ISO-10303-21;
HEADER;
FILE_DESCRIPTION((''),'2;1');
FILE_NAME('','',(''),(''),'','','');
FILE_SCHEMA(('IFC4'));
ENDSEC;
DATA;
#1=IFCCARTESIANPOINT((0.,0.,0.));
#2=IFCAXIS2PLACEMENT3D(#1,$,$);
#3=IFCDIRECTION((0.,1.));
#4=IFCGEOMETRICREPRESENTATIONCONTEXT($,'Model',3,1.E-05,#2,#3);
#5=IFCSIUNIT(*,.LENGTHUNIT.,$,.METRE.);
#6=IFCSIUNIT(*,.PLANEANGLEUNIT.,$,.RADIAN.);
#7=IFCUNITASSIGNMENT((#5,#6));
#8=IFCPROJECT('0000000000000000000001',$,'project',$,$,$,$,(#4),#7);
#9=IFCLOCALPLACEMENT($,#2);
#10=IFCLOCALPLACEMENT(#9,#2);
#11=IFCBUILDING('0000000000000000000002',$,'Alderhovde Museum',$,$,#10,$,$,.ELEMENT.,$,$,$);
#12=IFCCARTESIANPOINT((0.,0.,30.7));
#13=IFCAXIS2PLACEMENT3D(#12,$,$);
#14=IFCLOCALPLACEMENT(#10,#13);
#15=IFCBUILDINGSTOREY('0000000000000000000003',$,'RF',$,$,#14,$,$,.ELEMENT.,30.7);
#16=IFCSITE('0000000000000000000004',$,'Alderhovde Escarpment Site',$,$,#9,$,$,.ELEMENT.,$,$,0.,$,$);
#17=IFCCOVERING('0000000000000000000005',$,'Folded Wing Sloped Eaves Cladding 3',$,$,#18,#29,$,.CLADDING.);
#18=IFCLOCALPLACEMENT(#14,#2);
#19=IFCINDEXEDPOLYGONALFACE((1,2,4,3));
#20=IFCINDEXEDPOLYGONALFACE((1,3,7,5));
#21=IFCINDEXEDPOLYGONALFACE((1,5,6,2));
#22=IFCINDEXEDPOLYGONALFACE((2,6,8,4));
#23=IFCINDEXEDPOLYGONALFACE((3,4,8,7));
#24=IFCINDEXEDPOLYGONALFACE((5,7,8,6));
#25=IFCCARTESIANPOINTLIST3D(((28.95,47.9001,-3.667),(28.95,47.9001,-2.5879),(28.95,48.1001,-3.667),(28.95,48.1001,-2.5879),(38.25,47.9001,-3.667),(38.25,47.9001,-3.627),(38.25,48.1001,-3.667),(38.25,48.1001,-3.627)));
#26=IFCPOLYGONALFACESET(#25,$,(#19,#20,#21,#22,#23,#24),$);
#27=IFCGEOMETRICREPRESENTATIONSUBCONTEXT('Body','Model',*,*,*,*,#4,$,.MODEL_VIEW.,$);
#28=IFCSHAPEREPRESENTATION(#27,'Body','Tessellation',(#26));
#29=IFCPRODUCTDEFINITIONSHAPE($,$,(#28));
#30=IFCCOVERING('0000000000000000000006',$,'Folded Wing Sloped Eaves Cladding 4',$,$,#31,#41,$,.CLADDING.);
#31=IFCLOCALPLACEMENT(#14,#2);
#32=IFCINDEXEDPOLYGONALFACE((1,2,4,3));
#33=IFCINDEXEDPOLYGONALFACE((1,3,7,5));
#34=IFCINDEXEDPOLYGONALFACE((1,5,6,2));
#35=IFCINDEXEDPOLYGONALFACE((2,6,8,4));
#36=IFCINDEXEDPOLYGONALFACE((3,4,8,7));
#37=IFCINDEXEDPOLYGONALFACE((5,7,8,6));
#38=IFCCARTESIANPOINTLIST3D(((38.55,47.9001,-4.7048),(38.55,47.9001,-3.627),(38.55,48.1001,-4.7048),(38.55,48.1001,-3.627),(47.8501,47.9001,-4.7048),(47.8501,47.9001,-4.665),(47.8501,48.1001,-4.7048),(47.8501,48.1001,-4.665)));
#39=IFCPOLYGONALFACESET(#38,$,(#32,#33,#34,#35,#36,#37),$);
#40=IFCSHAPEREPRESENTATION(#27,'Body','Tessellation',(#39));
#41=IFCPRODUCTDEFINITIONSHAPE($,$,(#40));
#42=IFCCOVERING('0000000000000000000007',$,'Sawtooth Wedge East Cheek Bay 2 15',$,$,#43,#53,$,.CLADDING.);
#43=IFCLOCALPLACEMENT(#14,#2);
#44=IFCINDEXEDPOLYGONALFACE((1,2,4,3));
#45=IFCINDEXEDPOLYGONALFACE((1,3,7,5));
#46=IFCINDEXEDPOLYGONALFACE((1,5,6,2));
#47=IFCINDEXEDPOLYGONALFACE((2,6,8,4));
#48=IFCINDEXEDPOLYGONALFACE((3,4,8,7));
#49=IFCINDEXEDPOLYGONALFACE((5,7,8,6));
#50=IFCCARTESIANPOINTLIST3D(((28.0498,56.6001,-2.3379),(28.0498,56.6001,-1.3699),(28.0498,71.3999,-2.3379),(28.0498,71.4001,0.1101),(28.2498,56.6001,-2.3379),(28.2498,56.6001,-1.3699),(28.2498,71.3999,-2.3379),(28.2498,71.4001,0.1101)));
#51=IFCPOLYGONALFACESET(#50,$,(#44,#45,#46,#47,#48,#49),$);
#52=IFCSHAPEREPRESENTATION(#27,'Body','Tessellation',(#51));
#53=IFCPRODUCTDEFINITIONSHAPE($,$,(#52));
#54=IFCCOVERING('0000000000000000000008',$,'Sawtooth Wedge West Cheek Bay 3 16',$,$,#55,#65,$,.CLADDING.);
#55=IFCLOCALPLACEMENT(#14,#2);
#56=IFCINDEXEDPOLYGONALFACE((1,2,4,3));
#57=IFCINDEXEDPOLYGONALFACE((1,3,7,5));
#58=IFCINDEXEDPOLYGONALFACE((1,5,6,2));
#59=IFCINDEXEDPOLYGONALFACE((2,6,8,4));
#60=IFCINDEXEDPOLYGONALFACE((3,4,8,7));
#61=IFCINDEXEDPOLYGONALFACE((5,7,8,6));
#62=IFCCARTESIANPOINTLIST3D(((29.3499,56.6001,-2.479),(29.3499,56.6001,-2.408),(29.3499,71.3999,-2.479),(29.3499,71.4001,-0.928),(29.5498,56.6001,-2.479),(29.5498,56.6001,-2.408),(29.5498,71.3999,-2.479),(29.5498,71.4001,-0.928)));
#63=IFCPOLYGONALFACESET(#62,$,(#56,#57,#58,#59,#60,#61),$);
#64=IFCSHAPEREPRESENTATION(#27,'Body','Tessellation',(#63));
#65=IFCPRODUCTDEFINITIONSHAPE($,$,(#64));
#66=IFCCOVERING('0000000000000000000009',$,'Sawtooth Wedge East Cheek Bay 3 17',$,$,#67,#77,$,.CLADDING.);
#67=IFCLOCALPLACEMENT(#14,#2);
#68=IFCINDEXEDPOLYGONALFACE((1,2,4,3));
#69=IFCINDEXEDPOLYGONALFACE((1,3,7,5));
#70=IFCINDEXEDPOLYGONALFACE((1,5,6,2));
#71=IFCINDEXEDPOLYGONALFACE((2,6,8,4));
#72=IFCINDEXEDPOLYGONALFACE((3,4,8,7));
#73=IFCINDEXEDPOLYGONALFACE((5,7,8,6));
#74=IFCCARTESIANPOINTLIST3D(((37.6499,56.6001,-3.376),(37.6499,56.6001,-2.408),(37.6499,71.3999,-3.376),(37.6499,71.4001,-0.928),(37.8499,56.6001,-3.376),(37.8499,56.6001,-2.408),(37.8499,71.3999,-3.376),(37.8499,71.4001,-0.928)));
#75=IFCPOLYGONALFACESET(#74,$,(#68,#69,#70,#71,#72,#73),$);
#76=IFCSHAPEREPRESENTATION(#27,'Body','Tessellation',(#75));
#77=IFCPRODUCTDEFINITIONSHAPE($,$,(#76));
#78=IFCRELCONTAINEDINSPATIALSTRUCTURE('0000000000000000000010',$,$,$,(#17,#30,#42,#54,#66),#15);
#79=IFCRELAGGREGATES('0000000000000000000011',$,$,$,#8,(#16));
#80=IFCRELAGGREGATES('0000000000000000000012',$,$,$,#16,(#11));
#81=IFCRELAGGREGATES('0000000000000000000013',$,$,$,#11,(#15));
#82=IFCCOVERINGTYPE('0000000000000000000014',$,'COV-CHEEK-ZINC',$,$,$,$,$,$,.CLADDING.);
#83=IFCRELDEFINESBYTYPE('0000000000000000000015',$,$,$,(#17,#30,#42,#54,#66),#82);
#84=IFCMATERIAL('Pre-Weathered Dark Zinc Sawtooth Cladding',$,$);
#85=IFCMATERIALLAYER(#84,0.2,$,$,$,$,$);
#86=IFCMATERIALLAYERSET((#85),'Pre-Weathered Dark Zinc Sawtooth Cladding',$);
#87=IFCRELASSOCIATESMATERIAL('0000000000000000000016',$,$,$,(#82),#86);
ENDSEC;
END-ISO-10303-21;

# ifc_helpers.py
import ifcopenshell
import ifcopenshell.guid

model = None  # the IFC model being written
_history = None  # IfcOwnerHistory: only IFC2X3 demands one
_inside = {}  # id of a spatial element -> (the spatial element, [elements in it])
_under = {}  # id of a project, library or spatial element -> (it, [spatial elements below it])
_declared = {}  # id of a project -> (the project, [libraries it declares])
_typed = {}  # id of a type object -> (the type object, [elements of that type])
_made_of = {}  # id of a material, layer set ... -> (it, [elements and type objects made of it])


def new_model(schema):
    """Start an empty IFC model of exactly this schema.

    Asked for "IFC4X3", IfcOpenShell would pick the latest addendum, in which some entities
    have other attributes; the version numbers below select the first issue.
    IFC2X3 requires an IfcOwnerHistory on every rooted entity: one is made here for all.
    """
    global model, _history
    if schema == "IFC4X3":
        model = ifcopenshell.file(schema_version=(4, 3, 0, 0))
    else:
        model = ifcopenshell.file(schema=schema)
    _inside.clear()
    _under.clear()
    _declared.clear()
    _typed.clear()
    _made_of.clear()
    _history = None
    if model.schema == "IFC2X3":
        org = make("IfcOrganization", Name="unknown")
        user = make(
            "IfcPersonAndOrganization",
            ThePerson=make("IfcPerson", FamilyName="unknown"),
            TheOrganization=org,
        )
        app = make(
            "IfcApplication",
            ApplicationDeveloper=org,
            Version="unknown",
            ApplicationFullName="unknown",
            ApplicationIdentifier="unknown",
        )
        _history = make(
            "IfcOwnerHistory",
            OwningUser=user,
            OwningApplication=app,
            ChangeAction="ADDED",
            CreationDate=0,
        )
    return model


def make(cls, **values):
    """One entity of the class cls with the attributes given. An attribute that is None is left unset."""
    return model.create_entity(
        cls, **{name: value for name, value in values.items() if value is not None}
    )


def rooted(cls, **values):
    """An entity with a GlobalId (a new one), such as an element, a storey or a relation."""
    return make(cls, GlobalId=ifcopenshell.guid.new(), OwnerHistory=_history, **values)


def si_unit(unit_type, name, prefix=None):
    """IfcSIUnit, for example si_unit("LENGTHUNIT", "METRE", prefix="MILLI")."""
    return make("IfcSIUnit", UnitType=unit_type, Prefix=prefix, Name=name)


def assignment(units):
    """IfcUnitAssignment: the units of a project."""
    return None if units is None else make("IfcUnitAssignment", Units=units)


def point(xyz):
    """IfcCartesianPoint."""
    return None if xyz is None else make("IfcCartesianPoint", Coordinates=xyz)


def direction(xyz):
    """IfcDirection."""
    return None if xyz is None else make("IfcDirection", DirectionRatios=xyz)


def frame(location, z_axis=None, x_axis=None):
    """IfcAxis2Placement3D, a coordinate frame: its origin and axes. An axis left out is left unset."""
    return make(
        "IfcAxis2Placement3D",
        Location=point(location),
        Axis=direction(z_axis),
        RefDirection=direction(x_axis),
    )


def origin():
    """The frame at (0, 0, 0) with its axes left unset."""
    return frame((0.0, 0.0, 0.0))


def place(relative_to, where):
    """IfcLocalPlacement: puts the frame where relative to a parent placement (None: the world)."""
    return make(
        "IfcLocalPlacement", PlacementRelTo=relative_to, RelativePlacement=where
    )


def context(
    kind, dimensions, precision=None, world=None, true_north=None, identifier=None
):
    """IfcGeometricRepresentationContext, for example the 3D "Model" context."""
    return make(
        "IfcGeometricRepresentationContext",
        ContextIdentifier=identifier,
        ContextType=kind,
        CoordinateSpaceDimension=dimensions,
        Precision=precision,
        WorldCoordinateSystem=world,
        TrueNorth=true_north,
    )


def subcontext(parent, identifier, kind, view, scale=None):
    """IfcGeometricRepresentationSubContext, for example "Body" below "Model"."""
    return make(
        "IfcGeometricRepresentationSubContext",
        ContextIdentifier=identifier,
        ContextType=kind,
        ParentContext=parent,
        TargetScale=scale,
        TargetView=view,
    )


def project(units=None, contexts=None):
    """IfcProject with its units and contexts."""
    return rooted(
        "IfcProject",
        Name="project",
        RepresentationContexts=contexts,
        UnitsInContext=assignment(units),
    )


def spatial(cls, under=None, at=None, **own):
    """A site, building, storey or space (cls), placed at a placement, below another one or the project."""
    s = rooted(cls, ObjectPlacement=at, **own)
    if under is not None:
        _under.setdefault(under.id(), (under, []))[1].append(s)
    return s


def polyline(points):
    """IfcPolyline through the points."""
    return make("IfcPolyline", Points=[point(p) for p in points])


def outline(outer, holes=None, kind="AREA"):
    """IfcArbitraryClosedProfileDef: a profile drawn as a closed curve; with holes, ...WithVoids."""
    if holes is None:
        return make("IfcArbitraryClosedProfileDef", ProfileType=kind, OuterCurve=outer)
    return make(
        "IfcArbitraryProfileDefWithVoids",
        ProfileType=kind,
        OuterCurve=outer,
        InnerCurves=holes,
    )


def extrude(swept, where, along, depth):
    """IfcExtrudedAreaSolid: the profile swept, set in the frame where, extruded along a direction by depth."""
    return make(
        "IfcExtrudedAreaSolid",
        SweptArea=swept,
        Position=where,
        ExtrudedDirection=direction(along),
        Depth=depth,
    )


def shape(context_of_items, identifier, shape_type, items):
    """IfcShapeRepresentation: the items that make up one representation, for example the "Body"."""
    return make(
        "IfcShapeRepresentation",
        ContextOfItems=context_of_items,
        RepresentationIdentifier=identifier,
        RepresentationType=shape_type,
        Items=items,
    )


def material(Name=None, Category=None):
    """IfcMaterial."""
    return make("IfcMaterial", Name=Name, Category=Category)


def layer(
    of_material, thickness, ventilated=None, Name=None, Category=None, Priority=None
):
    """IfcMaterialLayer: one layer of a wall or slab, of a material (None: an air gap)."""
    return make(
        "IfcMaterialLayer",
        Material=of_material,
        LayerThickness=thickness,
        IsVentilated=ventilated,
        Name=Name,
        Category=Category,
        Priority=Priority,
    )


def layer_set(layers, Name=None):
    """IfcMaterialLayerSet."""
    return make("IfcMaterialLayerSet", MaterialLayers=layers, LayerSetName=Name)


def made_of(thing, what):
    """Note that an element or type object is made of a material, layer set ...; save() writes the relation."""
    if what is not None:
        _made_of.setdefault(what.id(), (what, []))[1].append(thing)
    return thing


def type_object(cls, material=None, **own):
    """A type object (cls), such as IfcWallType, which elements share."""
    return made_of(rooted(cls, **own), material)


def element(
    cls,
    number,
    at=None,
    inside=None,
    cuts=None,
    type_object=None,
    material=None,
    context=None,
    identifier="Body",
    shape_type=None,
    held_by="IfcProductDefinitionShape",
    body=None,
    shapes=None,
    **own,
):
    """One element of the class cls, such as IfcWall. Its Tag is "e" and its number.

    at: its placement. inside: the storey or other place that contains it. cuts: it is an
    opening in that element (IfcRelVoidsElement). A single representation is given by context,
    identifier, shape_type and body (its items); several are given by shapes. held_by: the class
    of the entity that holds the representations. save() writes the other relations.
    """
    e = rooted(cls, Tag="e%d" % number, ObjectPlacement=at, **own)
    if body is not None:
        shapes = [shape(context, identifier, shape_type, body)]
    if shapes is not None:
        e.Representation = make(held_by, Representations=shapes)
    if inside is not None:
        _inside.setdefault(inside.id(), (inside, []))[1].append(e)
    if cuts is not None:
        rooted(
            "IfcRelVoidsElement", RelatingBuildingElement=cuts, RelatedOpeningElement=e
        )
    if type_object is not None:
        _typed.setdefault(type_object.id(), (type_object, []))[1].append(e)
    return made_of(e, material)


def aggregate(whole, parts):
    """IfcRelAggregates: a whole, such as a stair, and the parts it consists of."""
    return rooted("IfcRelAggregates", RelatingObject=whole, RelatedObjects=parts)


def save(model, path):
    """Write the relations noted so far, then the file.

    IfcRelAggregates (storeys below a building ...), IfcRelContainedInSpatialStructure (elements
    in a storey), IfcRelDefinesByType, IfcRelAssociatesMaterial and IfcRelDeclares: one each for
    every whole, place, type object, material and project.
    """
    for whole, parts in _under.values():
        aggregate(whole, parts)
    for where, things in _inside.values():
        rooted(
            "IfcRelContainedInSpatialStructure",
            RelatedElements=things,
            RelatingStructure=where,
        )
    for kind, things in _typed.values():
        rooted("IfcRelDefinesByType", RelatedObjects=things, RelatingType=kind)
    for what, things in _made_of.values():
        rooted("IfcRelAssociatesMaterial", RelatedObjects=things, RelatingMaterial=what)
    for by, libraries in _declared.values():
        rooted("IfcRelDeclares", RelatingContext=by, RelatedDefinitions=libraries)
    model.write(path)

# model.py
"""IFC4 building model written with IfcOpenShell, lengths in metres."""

from ifc_helpers import new_model, si_unit, direction, frame, origin, place, context, subcontext, project, spatial, polyline, outline, extrude, material, layer, layer_set, type_object, element, save


model = new_model("IFC4")

# Units and contexts
model_context = context("Model", 3, precision=1e-05, world=origin(), true_north=direction((0.0, 1.0)))
body_context = subcontext(model_context, "Body", "Model", "MODEL_VIEW")
ifc_project = project(units=[si_unit("LENGTHUNIT", "METRE"), si_unit("PLANEANGLEUNIT", "RADIAN")], contexts=[model_context])

# Site, building, storey
site_placement = place(None, origin())
site = spatial("IfcSite", under=ifc_project, at=site_placement, Name="Alderhovde Escarpment Site", CompositionType="ELEMENT", RefElevation=0.0)
building_placement = place(site_placement, origin())
building = spatial("IfcBuilding", under=site, at=building_placement, Name="Alderhovde Museum", CompositionType="ELEMENT")
storey_placement = place(building_placement, frame((0.0, 0.0, 30.7)))
storey = spatial("IfcBuildingStorey", under=building, at=storey_placement, Name="RF", CompositionType="ELEMENT", Elevation=30.7)

# Coverings
ifc_material_1 = material(Name="Pre-Weathered Dark Zinc Sawtooth Cladding")
ifc_layer_1 = layer(ifc_material_1, 0.2)
ifc_layer_set_1 = layer_set([ifc_layer_1], Name="Pre-Weathered Dark Zinc Sawtooth Cladding")
covering_type = type_object("IfcCoveringType", Name="COV-CHEEK-ZINC", PredefinedType="CLADDING", material=ifc_layer_set_1)
covering_1_placement = place(storey_placement, frame((28.95, 48.0, -3.667), z_axis=(0.0, 0.0, 1.0), x_axis=(1.0, 0.0, 0.0)))
element("IfcCovering", 1, at=covering_1_placement, inside=storey, type_object=covering_type, Name="Folded Wing Sloped Eaves Cladding 3", PredefinedType="CLADDING", context=body_context, shape_type="SweptSolid", body=[
    extrude(outline(polyline([(0.0, 0.0), (9.3, 0.0), (9.3, 0.04), (0.0, 1.0791), (0.0, 0.0)])), frame((0.0, 0.1001, 0.0), z_axis=(0.0, -1.0, 0.0), x_axis=(1.0, 0.0, 0.0)), (0.0, 0.0, 1.0), 0.2),
])
covering_2_placement = place(storey_placement, frame((38.55, 48.0, -4.7048), z_axis=(0.0, 0.0, 1.0), x_axis=(1.0, 0.0, 0.0)))
element("IfcCovering", 2, at=covering_2_placement, inside=storey, type_object=covering_type, Name="Folded Wing Sloped Eaves Cladding 4", PredefinedType="CLADDING", context=body_context, shape_type="SweptSolid", body=[
    extrude(outline(polyline([(0.0, 0.0), (9.3, 0.0), (9.3, 0.0398), (0.0, 1.0779), (0.0, 0.0)])), frame((0.0, 0.1001, 0.0), z_axis=(0.0, -1.0, 0.0), x_axis=(1.0, 0.0, 0.0)), (0.0, 0.0, 1.0), 0.2),
])
covering_3_placement = place(storey_placement, frame((28.1499, 56.6001, -2.3379), z_axis=(0.0, 0.0, 1.0), x_axis=(0.0, 1.0, 0.0)))
element("IfcCovering", 3, at=covering_3_placement, inside=storey, type_object=covering_type, Name="Sawtooth Wedge East Cheek Bay 2 15", PredefinedType="CLADDING", context=body_context, shape_type="SweptSolid", body=[
    extrude(outline(polyline([(0.0, 0.0), (14.7998, 0.0), (14.8, 2.448), (0.0, 0.968), (0.0, 0.0)])), frame((0.0, 0.1001, 0.0), z_axis=(0.0, -1.0, 0.0), x_axis=(1.0, 0.0, 0.0)), (0.0, 0.0, 1.0), 0.2),
])
covering_4_placement = place(storey_placement, frame((29.45, 56.6001, -2.479), z_axis=(0.0, 0.0, 1.0), x_axis=(0.0, 1.0, 0.0)))
element("IfcCovering", 4, at=covering_4_placement, inside=storey, type_object=covering_type, Name="Sawtooth Wedge West Cheek Bay 3 16", PredefinedType="CLADDING", context=body_context, shape_type="SweptSolid", body=[
    extrude(outline(polyline([(0.0, 0.0), (14.7998, 0.0), (14.8, 1.551), (0.0, 0.071), (0.0, 0.0)])), frame((0.0, 0.1001, 0.0), z_axis=(0.0, -1.0, 0.0), x_axis=(1.0, 0.0, 0.0)), (0.0, 0.0, 1.0), 0.2),
])
covering_5_placement = place(storey_placement, frame((37.75, 56.6001, -3.376), z_axis=(0.0, 0.0, 1.0), x_axis=(0.0, 1.0, 0.0)))
element("IfcCovering", 5, at=covering_5_placement, inside=storey, type_object=covering_type, Name="Sawtooth Wedge East Cheek Bay 3 17", PredefinedType="CLADDING", context=body_context, shape_type="SweptSolid", body=[
    extrude(outline(polyline([(0.0, 0.0), (14.7998, 0.0), (14.8, 2.448), (0.0, 0.968), (0.0, 0.0)])), frame((0.0, 0.1001, 0.0), z_axis=(0.0, -1.0, 0.0), x_axis=(1.0, 0.0, 0.0)), (0.0, 0.0, 1.0), 0.2),
])

save(model, "model.ifc")
